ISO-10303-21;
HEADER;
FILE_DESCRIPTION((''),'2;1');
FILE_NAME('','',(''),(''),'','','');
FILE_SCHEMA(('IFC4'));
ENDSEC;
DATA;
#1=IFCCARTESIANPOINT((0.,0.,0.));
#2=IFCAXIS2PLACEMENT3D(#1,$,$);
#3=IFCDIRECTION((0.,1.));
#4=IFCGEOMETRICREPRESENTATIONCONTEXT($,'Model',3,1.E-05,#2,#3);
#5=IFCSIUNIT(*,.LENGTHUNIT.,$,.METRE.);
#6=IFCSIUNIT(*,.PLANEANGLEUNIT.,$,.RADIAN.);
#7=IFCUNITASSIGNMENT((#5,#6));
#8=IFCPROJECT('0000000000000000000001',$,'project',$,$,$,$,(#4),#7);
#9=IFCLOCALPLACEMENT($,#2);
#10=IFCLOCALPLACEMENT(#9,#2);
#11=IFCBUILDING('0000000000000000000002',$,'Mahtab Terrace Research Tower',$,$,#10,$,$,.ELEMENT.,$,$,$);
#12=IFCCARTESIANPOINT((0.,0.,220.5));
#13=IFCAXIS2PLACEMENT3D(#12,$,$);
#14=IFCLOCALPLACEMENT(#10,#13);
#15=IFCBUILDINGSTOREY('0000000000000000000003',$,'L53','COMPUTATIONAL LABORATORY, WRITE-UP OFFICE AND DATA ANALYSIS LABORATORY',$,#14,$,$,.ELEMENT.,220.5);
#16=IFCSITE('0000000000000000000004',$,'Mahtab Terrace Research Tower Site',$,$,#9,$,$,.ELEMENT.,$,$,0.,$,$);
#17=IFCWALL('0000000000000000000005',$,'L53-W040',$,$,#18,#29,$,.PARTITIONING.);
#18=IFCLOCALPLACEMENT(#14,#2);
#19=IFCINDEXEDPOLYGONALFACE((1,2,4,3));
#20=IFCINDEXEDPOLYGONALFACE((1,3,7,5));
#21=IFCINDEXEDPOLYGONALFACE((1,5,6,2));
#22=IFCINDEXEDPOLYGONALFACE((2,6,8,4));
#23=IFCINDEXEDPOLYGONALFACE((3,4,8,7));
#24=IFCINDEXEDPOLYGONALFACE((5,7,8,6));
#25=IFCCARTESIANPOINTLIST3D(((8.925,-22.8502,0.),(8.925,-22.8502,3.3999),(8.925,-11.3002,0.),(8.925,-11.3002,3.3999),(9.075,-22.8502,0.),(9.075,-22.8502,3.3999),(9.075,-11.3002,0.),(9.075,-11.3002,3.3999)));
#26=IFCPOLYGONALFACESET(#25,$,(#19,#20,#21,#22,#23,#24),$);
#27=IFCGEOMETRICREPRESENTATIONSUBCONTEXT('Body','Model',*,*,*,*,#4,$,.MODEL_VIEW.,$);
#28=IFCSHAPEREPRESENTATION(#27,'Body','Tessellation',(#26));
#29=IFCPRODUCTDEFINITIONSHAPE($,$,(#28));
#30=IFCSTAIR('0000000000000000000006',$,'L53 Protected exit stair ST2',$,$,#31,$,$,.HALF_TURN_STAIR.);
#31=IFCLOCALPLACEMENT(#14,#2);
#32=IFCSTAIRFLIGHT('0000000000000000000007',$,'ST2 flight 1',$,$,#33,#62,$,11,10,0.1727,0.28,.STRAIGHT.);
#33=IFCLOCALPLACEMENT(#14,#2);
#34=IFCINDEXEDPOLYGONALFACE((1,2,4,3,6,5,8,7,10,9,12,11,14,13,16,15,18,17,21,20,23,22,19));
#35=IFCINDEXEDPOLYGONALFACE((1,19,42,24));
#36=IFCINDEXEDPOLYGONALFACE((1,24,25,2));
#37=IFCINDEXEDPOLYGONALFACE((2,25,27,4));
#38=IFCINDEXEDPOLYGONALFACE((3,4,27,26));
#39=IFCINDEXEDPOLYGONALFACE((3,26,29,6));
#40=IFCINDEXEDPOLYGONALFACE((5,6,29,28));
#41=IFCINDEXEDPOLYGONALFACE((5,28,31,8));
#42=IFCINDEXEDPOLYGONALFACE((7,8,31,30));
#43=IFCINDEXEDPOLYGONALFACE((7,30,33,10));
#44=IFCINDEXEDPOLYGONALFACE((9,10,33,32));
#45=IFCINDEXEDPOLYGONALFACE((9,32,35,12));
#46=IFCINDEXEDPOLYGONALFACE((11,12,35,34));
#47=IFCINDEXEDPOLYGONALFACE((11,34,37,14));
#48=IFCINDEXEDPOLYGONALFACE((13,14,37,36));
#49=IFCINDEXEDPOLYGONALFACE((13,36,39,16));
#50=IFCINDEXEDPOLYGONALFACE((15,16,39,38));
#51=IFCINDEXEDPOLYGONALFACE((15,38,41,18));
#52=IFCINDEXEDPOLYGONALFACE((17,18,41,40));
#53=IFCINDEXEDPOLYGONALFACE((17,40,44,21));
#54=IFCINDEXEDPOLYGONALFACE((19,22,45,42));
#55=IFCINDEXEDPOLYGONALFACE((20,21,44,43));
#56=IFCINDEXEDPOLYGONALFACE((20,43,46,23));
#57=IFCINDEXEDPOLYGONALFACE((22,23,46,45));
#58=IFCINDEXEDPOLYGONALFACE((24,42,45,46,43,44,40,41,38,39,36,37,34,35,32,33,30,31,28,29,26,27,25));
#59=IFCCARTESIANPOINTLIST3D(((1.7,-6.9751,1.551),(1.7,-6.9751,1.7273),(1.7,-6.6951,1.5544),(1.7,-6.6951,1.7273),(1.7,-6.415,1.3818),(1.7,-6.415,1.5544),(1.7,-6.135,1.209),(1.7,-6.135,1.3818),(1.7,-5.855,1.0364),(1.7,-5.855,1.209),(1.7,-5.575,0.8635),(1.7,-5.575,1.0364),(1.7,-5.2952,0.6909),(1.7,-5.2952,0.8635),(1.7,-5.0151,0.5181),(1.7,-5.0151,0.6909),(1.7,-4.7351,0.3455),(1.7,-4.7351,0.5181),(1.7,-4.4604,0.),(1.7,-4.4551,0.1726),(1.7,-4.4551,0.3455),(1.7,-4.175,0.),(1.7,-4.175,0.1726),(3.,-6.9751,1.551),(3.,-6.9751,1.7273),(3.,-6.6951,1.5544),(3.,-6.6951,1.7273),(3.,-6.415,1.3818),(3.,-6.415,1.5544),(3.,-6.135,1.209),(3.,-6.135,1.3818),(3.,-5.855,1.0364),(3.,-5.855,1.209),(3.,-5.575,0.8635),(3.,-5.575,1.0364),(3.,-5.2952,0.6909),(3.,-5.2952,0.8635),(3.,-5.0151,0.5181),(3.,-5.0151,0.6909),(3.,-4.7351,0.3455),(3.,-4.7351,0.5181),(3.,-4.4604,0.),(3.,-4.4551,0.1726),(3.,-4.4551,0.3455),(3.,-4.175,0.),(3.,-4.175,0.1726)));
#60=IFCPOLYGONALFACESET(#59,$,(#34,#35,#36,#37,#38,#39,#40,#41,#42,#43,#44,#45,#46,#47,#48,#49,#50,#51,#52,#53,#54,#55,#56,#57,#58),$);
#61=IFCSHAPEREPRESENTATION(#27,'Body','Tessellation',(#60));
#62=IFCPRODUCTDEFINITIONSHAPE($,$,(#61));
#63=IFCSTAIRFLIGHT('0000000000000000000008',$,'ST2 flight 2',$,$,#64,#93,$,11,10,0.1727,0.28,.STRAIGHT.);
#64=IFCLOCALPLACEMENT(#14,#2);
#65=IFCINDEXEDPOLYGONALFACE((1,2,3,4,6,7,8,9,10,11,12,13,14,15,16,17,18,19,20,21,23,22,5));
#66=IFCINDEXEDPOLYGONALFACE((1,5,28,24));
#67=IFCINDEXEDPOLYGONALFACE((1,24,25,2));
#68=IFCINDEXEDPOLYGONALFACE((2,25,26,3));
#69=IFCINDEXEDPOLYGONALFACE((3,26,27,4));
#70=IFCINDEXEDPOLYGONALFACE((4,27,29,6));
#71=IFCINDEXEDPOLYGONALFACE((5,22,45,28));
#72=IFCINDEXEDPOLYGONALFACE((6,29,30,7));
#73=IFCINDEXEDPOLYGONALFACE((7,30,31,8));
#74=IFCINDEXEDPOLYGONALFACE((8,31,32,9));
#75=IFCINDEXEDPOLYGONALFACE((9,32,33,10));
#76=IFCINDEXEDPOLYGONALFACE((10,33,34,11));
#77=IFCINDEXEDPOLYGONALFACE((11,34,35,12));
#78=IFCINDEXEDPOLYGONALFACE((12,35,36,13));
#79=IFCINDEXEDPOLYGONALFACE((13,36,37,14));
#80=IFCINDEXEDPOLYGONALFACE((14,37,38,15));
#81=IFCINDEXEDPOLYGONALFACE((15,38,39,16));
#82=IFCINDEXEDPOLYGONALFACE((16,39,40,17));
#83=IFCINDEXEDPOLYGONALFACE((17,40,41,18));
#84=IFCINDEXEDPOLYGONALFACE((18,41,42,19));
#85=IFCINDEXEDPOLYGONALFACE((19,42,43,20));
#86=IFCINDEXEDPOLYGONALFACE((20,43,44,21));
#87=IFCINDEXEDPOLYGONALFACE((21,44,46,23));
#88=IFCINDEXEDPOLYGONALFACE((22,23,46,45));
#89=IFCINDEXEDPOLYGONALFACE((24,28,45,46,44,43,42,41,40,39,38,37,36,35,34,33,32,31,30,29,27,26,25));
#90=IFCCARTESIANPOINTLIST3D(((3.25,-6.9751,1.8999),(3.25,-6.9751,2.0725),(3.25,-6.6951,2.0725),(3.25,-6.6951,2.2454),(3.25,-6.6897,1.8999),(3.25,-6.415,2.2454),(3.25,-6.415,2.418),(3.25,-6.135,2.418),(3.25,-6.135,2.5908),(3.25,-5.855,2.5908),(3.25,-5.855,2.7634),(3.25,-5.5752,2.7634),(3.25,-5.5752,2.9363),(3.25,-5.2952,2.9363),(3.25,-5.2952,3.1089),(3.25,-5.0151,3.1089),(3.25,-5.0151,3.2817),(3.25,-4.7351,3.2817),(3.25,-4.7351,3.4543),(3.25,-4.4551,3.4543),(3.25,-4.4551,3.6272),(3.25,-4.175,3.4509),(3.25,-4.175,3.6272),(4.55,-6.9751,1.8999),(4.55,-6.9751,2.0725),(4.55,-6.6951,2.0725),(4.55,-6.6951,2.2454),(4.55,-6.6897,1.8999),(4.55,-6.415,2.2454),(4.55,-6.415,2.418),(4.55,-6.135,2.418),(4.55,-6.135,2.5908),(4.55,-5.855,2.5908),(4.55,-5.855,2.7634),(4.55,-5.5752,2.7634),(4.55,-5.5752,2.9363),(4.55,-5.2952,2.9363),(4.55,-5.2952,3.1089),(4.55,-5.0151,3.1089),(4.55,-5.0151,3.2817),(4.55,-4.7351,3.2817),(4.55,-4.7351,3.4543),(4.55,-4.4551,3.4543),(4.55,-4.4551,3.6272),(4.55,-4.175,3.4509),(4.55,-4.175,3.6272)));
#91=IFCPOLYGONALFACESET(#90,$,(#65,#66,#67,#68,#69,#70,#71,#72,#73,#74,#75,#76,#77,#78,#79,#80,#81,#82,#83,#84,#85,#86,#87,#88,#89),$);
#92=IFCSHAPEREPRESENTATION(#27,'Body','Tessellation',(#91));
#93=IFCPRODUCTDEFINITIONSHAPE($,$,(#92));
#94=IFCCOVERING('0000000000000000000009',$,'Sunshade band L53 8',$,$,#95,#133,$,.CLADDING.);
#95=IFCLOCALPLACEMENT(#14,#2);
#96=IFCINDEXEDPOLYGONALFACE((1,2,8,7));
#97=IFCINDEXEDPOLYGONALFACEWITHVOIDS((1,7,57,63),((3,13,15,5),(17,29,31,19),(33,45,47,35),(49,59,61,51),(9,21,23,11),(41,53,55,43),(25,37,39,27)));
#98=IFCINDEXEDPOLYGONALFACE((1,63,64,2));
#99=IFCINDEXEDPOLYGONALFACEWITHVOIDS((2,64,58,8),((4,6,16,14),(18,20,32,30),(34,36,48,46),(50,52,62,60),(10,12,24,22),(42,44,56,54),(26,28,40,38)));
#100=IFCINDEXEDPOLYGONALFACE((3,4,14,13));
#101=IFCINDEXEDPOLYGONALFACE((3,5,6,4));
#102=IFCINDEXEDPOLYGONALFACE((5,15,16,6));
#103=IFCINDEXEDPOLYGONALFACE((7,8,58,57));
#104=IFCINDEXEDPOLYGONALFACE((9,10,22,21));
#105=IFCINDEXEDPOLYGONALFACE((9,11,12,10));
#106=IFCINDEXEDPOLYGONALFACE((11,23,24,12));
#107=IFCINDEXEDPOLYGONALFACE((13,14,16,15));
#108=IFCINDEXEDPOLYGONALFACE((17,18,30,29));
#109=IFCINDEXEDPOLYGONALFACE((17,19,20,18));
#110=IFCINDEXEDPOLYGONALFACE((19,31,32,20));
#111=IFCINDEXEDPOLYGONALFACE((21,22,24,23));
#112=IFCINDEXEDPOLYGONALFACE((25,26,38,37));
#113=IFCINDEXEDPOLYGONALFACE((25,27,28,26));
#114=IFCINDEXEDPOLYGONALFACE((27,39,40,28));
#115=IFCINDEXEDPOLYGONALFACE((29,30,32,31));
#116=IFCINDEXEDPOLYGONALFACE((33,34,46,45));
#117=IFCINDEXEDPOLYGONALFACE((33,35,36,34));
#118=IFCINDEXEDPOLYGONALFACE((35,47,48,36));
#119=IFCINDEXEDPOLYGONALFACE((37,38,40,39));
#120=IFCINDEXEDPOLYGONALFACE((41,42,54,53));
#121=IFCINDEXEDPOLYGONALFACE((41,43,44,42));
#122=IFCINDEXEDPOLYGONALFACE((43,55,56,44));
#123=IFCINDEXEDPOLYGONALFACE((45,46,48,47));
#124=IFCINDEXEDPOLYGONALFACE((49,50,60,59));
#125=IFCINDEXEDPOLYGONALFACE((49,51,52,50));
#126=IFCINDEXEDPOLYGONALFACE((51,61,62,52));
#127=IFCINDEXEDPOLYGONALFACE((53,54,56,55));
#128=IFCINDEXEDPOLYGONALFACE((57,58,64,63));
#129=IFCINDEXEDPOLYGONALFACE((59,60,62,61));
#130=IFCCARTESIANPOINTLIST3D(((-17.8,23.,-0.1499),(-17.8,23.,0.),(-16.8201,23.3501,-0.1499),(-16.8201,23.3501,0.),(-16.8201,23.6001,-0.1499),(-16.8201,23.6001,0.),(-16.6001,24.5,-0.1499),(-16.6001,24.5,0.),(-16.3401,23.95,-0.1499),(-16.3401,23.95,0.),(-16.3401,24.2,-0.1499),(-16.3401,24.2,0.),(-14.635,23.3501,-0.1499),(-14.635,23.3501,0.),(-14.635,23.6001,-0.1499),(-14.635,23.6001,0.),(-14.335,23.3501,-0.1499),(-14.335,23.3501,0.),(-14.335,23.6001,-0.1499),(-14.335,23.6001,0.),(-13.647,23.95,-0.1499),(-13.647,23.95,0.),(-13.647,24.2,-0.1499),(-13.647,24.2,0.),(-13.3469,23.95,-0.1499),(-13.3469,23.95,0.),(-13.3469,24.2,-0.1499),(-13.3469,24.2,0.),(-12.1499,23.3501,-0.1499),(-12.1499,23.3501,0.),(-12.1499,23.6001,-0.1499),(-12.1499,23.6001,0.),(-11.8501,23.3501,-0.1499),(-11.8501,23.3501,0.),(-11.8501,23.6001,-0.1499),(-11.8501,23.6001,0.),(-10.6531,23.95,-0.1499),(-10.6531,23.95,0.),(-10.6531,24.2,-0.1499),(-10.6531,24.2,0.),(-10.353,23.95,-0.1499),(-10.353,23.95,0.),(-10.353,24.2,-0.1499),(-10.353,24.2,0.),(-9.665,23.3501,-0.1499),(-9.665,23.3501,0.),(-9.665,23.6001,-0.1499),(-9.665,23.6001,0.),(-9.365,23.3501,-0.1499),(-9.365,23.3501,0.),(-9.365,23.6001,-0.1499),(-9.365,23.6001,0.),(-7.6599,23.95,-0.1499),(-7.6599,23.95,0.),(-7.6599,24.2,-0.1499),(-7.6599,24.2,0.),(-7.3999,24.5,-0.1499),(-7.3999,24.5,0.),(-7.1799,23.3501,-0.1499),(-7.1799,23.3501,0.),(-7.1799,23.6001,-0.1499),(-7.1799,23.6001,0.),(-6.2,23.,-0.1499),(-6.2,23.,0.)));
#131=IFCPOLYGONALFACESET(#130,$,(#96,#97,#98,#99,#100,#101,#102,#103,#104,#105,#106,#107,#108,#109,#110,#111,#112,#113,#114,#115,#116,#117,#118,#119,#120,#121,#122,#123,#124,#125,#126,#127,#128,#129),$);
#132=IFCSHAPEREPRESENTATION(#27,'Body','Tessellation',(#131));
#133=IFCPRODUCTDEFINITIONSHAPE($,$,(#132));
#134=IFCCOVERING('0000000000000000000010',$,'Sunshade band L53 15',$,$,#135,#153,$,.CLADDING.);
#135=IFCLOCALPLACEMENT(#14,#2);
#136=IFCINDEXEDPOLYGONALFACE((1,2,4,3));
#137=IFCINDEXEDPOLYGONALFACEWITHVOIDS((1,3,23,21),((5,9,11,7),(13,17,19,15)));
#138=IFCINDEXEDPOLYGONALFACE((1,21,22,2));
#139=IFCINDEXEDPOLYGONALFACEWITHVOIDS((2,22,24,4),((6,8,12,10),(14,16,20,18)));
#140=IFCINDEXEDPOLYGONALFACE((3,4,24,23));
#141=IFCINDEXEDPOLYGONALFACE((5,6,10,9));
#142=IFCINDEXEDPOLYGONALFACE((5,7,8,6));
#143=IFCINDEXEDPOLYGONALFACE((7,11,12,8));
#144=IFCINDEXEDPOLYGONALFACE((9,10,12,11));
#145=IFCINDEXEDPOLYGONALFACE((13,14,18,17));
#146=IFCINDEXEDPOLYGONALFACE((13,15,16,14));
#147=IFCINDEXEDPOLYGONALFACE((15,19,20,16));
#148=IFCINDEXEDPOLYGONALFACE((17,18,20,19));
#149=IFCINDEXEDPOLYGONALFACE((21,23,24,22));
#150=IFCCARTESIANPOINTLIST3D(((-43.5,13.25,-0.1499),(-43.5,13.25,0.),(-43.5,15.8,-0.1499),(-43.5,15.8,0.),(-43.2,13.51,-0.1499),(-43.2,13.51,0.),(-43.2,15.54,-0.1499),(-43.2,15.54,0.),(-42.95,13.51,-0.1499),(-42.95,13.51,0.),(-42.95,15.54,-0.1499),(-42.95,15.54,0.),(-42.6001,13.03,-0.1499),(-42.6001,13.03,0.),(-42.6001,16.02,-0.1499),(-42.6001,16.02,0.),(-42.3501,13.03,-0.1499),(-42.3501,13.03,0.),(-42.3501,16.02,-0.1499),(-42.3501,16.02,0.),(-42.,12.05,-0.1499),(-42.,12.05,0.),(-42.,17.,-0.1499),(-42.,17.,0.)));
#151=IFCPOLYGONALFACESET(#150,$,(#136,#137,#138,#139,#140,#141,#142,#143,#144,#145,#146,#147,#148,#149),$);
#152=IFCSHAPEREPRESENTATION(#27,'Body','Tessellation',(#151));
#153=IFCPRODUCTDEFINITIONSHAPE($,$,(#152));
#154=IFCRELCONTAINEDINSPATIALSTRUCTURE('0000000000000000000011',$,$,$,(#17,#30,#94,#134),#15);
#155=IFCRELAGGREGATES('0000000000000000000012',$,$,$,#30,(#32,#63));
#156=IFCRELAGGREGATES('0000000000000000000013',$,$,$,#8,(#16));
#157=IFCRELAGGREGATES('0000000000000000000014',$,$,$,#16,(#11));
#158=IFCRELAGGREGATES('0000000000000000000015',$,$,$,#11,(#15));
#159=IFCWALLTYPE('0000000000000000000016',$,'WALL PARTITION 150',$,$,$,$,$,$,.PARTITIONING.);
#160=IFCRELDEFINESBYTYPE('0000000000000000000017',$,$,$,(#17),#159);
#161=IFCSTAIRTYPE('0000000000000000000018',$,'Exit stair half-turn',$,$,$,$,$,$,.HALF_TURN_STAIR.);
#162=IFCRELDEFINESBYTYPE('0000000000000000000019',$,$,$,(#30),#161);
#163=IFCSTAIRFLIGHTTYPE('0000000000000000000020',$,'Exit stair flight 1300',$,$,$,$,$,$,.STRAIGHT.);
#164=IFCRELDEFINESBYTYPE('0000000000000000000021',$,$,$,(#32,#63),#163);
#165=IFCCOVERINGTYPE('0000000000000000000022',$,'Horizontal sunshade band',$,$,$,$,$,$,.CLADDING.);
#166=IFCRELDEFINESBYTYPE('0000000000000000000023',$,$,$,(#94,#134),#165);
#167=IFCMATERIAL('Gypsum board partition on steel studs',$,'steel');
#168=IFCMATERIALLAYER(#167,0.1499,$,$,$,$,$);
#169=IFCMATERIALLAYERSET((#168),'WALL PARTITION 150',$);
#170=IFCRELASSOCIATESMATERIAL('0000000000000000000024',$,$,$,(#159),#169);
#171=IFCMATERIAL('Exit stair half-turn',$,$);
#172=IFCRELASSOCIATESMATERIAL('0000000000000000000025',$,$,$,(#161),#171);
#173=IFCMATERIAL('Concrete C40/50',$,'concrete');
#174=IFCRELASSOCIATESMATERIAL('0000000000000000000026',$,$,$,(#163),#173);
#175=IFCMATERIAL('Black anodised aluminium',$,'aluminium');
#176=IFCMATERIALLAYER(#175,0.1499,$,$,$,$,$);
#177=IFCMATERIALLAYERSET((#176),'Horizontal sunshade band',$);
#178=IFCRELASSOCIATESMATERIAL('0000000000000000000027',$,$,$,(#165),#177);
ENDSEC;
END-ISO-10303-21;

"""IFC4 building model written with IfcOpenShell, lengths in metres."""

from ifc_helpers import new_model, si_unit, direction, frame, frame_2d, origin, place, context, subcontext, project, spatial, polyline, rectangle, outline, extrude, material, layer, layer_set, type_object, element, aggregate, save


model = new_model("IFC4")

# Units and contexts
model_context = context("Model", 3, precision=1e-05, world=origin(), true_north=direction((0.0, 1.0)))
body_context = subcontext(model_context, "Body", "Model", "MODEL_VIEW")
ifc_project = project(units=[si_unit("LENGTHUNIT", "METRE"), si_unit("PLANEANGLEUNIT", "RADIAN")], contexts=[model_context])

# Site, building, storey
site_placement = place(None, origin())
site = spatial("IfcSite", under=ifc_project, at=site_placement, Name="Mahtab Terrace Research Tower Site", CompositionType="ELEMENT", RefElevation=0.0)
building_placement = place(site_placement, origin())
building = spatial("IfcBuilding", under=site, at=building_placement, Name="Mahtab Terrace Research Tower", CompositionType="ELEMENT")
storey_placement = place(building_placement, frame((0.0, 0.0, 220.5)))
storey = spatial("IfcBuildingStorey", under=building, at=storey_placement, Name="L53", Description="COMPUTATIONAL LABORATORY, WRITE-UP OFFICE AND DATA ANALYSIS LABORATORY", CompositionType="ELEMENT", Elevation=220.5)

# Wall
ifc_material_1 = material(Name="Gypsum board partition on steel studs", Category="steel")
ifc_layer_1 = layer(ifc_material_1, 0.1499)
ifc_layer_set_1 = layer_set([ifc_layer_1], Name="WALL PARTITION 150")
wall_type_1 = type_object("IfcWallType", Name="WALL PARTITION 150", PredefinedType="PARTITIONING", material=ifc_layer_set_1)
wall_1_placement = place(storey_placement, frame((9.0, -22.8501, 0.0), z_axis=(0.0, 0.0, 1.0), x_axis=(0.0, 1.0, 0.0)))
element("IfcWall", 1, at=wall_1_placement, inside=storey, type_object=wall_type_1, Name="L53-W040", PredefinedType="PARTITIONING", context=body_context, shape_type="SweptSolid", body=[
    extrude(rectangle(XDim=11.55, YDim=0.1499, at=frame_2d((5.7749, 0.0))), origin(), (0.0, 0.0, 1.0), 3.3999),
])

# Stair, stair flights
ifc_material_2 = material(Name="Exit stair half-turn")
stair_type = type_object("IfcStairType", Name="Exit stair half-turn", PredefinedType="HALF_TURN_STAIR", material=ifc_material_2)
stair_placement = place(storey_placement, origin())
stair = element("IfcStair", 2, at=stair_placement, inside=storey, type_object=stair_type, Name="L53 Protected exit stair ST2", PredefinedType="HALF_TURN_STAIR")
ifc_material_3 = material(Name="Concrete C40/50", Category="concrete")
stair_flight_type = type_object("IfcStairFlightType", Name="Exit stair flight 1300", PredefinedType="STRAIGHT", material=ifc_material_3)
stair_flight_1_placement = place(storey_placement, frame((2.3501, -4.175, 0.0), z_axis=(0.0, 0.0, 1.0), x_axis=(0.0, -1.0, 0.0)))
stair_flight_1 = element("IfcStairFlight", 3, at=stair_flight_1_placement, type_object=stair_flight_type, Name="ST2 flight 1", NumberOfRisers=11, NumberOfTreads=10, PredefinedType="STRAIGHT", RiserHeight=0.1727, TreadLength=0.28, context=body_context, shape_type="SweptSolid", body=[
    extrude(outline(polyline([(0.0, 0.0), (0.0, 0.1726), (0.28, 0.1726), (0.28, 0.3455), (0.5601, 0.3455), (0.5601, 0.5181), (0.8401, 0.5181), (0.8401, 0.6909), (1.1201, 0.6909), (1.1201, 0.8635), (1.3999, 0.8635), (1.3999, 1.0364), (1.6799, 1.0364), (1.6799, 1.209), (1.96, 1.209), (1.96, 1.3818), (2.24, 1.3818), (2.24, 1.5544), (2.52, 1.5544), (2.52, 1.7273), (2.8, 1.7273), (2.8, 1.8999), (2.8, 1.551), (0.2854, 0.0), (0.0, 0.0)])), frame((0.0, 0.6499, 0.0), z_axis=(0.0, -1.0, 0.0), x_axis=(1.0, 0.0, 0.0)), (0.0, 0.0, 1.0), 1.3),
])
stair_flight_2_placement = place(storey_placement, frame((3.8999, -6.9751, 1.8999), z_axis=(0.0, 0.0, 1.0), x_axis=(0.0, 1.0, 0.0)))
stair_flight_2 = element("IfcStairFlight", 4, at=stair_flight_2_placement, type_object=stair_flight_type, Name="ST2 flight 2", NumberOfRisers=11, NumberOfTreads=10, PredefinedType="STRAIGHT", RiserHeight=0.1727, TreadLength=0.28, context=body_context, shape_type="SweptSolid", body=[
    extrude(outline(polyline([(0.0, 0.0), (0.0, 0.1726), (0.28, 0.1726), (0.28, 0.3455), (0.5601, 0.3455), (0.5601, 0.5181), (0.8401, 0.5181), (0.8401, 0.6909), (1.1201, 0.6909), (1.1201, 0.8635), (1.3999, 0.8635), (1.3999, 1.0364), (1.6799, 1.0364), (1.6799, 1.209), (1.96, 1.209), (1.96, 1.3818), (2.24, 1.3818), (2.24, 1.5544), (2.52, 1.5544), (2.52, 1.7273), (2.8, 1.7273), (2.8, 1.8999), (2.8, 1.551), (0.2854, 0.0), (0.0, 0.0)])), frame((0.0, 0.6499, 0.0), z_axis=(0.0, -1.0, 0.0), x_axis=(1.0, 0.0, 0.0)), (0.0, 0.0, 1.0), 1.3),
])
aggregate(stair, [stair_flight_1, stair_flight_2])

# Coverings
ifc_material_4 = material(Name="Black anodised aluminium", Category="aluminium")
ifc_layer_2 = layer(ifc_material_4, 0.1499)
ifc_layer_set_2 = layer_set([ifc_layer_2], Name="Horizontal sunshade band")
covering_type = type_object("IfcCoveringType", Name="Horizontal sunshade band", PredefinedType="CLADDING", material=ifc_layer_set_2)
covering_1_placement = place(storey_placement, frame((0.0, 0.0, -0.1499)))
element("IfcCovering", 5, at=covering_1_placement, inside=storey, type_object=covering_type, Name="Sunshade band L53 8", PredefinedType="CLADDING", context=body_context, shape_type="SweptSolid", body=[
    extrude(outline(polyline([(-6.2, 23.0), (-17.8, 23.0), (-16.6001, 24.5), (-7.3999, 24.5), (-6.2, 23.0)]), holes=[polyline([(-7.1799, 23.3501), (-9.365, 23.3501), (-9.365, 23.6001), (-7.1799, 23.6001), (-7.1799, 23.3501)]), polyline([(-9.665, 23.3501), (-11.8501, 23.3501), (-11.8501, 23.6001), (-9.665, 23.6001), (-9.665, 23.3501)]), polyline([(-12.1499, 23.3501), (-14.335, 23.3501), (-14.335, 23.6001), (-12.1499, 23.6001), (-12.1499, 23.3501)]), polyline([(-14.635, 23.3501), (-16.8201, 23.3501), (-16.8201, 23.6001), (-14.635, 23.6001), (-14.635, 23.3501)]), polyline([(-7.6599, 23.95), (-10.353, 23.95), (-10.353, 24.2), (-7.6599, 24.2), (-7.6599, 23.95)]), polyline([(-10.6531, 23.95), (-13.3469, 23.95), (-13.3469, 24.2), (-10.6531, 24.2), (-10.6531, 23.95)]), polyline([(-13.647, 23.95), (-16.3401, 23.95), (-16.3401, 24.2), (-13.647, 24.2), (-13.647, 23.95)])]), origin(), (0.0, 0.0, 1.0), 0.1499),
])
covering_2_placement = place(storey_placement, frame((0.0, 0.0, -0.1499)))
element("IfcCovering", 6, at=covering_2_placement, inside=storey, type_object=covering_type, Name="Sunshade band L53 15", PredefinedType="CLADDING", context=body_context, shape_type="SweptSolid", body=[
    extrude(outline(polyline([(-42.0, 17.0), (-42.0, 12.05), (-43.5, 13.25), (-43.5, 15.8), (-42.0, 17.0)]), holes=[polyline([(-42.3501, 16.02), (-42.3501, 13.03), (-42.6001, 13.03), (-42.6001, 16.02), (-42.3501, 16.02)]), polyline([(-42.95, 15.54), (-42.95, 13.51), (-43.2, 13.51), (-43.2, 15.54), (-42.95, 15.54)])]), origin(), (0.0, 0.0, 1.0), 0.1499),
])

save(model, "model.ifc")
